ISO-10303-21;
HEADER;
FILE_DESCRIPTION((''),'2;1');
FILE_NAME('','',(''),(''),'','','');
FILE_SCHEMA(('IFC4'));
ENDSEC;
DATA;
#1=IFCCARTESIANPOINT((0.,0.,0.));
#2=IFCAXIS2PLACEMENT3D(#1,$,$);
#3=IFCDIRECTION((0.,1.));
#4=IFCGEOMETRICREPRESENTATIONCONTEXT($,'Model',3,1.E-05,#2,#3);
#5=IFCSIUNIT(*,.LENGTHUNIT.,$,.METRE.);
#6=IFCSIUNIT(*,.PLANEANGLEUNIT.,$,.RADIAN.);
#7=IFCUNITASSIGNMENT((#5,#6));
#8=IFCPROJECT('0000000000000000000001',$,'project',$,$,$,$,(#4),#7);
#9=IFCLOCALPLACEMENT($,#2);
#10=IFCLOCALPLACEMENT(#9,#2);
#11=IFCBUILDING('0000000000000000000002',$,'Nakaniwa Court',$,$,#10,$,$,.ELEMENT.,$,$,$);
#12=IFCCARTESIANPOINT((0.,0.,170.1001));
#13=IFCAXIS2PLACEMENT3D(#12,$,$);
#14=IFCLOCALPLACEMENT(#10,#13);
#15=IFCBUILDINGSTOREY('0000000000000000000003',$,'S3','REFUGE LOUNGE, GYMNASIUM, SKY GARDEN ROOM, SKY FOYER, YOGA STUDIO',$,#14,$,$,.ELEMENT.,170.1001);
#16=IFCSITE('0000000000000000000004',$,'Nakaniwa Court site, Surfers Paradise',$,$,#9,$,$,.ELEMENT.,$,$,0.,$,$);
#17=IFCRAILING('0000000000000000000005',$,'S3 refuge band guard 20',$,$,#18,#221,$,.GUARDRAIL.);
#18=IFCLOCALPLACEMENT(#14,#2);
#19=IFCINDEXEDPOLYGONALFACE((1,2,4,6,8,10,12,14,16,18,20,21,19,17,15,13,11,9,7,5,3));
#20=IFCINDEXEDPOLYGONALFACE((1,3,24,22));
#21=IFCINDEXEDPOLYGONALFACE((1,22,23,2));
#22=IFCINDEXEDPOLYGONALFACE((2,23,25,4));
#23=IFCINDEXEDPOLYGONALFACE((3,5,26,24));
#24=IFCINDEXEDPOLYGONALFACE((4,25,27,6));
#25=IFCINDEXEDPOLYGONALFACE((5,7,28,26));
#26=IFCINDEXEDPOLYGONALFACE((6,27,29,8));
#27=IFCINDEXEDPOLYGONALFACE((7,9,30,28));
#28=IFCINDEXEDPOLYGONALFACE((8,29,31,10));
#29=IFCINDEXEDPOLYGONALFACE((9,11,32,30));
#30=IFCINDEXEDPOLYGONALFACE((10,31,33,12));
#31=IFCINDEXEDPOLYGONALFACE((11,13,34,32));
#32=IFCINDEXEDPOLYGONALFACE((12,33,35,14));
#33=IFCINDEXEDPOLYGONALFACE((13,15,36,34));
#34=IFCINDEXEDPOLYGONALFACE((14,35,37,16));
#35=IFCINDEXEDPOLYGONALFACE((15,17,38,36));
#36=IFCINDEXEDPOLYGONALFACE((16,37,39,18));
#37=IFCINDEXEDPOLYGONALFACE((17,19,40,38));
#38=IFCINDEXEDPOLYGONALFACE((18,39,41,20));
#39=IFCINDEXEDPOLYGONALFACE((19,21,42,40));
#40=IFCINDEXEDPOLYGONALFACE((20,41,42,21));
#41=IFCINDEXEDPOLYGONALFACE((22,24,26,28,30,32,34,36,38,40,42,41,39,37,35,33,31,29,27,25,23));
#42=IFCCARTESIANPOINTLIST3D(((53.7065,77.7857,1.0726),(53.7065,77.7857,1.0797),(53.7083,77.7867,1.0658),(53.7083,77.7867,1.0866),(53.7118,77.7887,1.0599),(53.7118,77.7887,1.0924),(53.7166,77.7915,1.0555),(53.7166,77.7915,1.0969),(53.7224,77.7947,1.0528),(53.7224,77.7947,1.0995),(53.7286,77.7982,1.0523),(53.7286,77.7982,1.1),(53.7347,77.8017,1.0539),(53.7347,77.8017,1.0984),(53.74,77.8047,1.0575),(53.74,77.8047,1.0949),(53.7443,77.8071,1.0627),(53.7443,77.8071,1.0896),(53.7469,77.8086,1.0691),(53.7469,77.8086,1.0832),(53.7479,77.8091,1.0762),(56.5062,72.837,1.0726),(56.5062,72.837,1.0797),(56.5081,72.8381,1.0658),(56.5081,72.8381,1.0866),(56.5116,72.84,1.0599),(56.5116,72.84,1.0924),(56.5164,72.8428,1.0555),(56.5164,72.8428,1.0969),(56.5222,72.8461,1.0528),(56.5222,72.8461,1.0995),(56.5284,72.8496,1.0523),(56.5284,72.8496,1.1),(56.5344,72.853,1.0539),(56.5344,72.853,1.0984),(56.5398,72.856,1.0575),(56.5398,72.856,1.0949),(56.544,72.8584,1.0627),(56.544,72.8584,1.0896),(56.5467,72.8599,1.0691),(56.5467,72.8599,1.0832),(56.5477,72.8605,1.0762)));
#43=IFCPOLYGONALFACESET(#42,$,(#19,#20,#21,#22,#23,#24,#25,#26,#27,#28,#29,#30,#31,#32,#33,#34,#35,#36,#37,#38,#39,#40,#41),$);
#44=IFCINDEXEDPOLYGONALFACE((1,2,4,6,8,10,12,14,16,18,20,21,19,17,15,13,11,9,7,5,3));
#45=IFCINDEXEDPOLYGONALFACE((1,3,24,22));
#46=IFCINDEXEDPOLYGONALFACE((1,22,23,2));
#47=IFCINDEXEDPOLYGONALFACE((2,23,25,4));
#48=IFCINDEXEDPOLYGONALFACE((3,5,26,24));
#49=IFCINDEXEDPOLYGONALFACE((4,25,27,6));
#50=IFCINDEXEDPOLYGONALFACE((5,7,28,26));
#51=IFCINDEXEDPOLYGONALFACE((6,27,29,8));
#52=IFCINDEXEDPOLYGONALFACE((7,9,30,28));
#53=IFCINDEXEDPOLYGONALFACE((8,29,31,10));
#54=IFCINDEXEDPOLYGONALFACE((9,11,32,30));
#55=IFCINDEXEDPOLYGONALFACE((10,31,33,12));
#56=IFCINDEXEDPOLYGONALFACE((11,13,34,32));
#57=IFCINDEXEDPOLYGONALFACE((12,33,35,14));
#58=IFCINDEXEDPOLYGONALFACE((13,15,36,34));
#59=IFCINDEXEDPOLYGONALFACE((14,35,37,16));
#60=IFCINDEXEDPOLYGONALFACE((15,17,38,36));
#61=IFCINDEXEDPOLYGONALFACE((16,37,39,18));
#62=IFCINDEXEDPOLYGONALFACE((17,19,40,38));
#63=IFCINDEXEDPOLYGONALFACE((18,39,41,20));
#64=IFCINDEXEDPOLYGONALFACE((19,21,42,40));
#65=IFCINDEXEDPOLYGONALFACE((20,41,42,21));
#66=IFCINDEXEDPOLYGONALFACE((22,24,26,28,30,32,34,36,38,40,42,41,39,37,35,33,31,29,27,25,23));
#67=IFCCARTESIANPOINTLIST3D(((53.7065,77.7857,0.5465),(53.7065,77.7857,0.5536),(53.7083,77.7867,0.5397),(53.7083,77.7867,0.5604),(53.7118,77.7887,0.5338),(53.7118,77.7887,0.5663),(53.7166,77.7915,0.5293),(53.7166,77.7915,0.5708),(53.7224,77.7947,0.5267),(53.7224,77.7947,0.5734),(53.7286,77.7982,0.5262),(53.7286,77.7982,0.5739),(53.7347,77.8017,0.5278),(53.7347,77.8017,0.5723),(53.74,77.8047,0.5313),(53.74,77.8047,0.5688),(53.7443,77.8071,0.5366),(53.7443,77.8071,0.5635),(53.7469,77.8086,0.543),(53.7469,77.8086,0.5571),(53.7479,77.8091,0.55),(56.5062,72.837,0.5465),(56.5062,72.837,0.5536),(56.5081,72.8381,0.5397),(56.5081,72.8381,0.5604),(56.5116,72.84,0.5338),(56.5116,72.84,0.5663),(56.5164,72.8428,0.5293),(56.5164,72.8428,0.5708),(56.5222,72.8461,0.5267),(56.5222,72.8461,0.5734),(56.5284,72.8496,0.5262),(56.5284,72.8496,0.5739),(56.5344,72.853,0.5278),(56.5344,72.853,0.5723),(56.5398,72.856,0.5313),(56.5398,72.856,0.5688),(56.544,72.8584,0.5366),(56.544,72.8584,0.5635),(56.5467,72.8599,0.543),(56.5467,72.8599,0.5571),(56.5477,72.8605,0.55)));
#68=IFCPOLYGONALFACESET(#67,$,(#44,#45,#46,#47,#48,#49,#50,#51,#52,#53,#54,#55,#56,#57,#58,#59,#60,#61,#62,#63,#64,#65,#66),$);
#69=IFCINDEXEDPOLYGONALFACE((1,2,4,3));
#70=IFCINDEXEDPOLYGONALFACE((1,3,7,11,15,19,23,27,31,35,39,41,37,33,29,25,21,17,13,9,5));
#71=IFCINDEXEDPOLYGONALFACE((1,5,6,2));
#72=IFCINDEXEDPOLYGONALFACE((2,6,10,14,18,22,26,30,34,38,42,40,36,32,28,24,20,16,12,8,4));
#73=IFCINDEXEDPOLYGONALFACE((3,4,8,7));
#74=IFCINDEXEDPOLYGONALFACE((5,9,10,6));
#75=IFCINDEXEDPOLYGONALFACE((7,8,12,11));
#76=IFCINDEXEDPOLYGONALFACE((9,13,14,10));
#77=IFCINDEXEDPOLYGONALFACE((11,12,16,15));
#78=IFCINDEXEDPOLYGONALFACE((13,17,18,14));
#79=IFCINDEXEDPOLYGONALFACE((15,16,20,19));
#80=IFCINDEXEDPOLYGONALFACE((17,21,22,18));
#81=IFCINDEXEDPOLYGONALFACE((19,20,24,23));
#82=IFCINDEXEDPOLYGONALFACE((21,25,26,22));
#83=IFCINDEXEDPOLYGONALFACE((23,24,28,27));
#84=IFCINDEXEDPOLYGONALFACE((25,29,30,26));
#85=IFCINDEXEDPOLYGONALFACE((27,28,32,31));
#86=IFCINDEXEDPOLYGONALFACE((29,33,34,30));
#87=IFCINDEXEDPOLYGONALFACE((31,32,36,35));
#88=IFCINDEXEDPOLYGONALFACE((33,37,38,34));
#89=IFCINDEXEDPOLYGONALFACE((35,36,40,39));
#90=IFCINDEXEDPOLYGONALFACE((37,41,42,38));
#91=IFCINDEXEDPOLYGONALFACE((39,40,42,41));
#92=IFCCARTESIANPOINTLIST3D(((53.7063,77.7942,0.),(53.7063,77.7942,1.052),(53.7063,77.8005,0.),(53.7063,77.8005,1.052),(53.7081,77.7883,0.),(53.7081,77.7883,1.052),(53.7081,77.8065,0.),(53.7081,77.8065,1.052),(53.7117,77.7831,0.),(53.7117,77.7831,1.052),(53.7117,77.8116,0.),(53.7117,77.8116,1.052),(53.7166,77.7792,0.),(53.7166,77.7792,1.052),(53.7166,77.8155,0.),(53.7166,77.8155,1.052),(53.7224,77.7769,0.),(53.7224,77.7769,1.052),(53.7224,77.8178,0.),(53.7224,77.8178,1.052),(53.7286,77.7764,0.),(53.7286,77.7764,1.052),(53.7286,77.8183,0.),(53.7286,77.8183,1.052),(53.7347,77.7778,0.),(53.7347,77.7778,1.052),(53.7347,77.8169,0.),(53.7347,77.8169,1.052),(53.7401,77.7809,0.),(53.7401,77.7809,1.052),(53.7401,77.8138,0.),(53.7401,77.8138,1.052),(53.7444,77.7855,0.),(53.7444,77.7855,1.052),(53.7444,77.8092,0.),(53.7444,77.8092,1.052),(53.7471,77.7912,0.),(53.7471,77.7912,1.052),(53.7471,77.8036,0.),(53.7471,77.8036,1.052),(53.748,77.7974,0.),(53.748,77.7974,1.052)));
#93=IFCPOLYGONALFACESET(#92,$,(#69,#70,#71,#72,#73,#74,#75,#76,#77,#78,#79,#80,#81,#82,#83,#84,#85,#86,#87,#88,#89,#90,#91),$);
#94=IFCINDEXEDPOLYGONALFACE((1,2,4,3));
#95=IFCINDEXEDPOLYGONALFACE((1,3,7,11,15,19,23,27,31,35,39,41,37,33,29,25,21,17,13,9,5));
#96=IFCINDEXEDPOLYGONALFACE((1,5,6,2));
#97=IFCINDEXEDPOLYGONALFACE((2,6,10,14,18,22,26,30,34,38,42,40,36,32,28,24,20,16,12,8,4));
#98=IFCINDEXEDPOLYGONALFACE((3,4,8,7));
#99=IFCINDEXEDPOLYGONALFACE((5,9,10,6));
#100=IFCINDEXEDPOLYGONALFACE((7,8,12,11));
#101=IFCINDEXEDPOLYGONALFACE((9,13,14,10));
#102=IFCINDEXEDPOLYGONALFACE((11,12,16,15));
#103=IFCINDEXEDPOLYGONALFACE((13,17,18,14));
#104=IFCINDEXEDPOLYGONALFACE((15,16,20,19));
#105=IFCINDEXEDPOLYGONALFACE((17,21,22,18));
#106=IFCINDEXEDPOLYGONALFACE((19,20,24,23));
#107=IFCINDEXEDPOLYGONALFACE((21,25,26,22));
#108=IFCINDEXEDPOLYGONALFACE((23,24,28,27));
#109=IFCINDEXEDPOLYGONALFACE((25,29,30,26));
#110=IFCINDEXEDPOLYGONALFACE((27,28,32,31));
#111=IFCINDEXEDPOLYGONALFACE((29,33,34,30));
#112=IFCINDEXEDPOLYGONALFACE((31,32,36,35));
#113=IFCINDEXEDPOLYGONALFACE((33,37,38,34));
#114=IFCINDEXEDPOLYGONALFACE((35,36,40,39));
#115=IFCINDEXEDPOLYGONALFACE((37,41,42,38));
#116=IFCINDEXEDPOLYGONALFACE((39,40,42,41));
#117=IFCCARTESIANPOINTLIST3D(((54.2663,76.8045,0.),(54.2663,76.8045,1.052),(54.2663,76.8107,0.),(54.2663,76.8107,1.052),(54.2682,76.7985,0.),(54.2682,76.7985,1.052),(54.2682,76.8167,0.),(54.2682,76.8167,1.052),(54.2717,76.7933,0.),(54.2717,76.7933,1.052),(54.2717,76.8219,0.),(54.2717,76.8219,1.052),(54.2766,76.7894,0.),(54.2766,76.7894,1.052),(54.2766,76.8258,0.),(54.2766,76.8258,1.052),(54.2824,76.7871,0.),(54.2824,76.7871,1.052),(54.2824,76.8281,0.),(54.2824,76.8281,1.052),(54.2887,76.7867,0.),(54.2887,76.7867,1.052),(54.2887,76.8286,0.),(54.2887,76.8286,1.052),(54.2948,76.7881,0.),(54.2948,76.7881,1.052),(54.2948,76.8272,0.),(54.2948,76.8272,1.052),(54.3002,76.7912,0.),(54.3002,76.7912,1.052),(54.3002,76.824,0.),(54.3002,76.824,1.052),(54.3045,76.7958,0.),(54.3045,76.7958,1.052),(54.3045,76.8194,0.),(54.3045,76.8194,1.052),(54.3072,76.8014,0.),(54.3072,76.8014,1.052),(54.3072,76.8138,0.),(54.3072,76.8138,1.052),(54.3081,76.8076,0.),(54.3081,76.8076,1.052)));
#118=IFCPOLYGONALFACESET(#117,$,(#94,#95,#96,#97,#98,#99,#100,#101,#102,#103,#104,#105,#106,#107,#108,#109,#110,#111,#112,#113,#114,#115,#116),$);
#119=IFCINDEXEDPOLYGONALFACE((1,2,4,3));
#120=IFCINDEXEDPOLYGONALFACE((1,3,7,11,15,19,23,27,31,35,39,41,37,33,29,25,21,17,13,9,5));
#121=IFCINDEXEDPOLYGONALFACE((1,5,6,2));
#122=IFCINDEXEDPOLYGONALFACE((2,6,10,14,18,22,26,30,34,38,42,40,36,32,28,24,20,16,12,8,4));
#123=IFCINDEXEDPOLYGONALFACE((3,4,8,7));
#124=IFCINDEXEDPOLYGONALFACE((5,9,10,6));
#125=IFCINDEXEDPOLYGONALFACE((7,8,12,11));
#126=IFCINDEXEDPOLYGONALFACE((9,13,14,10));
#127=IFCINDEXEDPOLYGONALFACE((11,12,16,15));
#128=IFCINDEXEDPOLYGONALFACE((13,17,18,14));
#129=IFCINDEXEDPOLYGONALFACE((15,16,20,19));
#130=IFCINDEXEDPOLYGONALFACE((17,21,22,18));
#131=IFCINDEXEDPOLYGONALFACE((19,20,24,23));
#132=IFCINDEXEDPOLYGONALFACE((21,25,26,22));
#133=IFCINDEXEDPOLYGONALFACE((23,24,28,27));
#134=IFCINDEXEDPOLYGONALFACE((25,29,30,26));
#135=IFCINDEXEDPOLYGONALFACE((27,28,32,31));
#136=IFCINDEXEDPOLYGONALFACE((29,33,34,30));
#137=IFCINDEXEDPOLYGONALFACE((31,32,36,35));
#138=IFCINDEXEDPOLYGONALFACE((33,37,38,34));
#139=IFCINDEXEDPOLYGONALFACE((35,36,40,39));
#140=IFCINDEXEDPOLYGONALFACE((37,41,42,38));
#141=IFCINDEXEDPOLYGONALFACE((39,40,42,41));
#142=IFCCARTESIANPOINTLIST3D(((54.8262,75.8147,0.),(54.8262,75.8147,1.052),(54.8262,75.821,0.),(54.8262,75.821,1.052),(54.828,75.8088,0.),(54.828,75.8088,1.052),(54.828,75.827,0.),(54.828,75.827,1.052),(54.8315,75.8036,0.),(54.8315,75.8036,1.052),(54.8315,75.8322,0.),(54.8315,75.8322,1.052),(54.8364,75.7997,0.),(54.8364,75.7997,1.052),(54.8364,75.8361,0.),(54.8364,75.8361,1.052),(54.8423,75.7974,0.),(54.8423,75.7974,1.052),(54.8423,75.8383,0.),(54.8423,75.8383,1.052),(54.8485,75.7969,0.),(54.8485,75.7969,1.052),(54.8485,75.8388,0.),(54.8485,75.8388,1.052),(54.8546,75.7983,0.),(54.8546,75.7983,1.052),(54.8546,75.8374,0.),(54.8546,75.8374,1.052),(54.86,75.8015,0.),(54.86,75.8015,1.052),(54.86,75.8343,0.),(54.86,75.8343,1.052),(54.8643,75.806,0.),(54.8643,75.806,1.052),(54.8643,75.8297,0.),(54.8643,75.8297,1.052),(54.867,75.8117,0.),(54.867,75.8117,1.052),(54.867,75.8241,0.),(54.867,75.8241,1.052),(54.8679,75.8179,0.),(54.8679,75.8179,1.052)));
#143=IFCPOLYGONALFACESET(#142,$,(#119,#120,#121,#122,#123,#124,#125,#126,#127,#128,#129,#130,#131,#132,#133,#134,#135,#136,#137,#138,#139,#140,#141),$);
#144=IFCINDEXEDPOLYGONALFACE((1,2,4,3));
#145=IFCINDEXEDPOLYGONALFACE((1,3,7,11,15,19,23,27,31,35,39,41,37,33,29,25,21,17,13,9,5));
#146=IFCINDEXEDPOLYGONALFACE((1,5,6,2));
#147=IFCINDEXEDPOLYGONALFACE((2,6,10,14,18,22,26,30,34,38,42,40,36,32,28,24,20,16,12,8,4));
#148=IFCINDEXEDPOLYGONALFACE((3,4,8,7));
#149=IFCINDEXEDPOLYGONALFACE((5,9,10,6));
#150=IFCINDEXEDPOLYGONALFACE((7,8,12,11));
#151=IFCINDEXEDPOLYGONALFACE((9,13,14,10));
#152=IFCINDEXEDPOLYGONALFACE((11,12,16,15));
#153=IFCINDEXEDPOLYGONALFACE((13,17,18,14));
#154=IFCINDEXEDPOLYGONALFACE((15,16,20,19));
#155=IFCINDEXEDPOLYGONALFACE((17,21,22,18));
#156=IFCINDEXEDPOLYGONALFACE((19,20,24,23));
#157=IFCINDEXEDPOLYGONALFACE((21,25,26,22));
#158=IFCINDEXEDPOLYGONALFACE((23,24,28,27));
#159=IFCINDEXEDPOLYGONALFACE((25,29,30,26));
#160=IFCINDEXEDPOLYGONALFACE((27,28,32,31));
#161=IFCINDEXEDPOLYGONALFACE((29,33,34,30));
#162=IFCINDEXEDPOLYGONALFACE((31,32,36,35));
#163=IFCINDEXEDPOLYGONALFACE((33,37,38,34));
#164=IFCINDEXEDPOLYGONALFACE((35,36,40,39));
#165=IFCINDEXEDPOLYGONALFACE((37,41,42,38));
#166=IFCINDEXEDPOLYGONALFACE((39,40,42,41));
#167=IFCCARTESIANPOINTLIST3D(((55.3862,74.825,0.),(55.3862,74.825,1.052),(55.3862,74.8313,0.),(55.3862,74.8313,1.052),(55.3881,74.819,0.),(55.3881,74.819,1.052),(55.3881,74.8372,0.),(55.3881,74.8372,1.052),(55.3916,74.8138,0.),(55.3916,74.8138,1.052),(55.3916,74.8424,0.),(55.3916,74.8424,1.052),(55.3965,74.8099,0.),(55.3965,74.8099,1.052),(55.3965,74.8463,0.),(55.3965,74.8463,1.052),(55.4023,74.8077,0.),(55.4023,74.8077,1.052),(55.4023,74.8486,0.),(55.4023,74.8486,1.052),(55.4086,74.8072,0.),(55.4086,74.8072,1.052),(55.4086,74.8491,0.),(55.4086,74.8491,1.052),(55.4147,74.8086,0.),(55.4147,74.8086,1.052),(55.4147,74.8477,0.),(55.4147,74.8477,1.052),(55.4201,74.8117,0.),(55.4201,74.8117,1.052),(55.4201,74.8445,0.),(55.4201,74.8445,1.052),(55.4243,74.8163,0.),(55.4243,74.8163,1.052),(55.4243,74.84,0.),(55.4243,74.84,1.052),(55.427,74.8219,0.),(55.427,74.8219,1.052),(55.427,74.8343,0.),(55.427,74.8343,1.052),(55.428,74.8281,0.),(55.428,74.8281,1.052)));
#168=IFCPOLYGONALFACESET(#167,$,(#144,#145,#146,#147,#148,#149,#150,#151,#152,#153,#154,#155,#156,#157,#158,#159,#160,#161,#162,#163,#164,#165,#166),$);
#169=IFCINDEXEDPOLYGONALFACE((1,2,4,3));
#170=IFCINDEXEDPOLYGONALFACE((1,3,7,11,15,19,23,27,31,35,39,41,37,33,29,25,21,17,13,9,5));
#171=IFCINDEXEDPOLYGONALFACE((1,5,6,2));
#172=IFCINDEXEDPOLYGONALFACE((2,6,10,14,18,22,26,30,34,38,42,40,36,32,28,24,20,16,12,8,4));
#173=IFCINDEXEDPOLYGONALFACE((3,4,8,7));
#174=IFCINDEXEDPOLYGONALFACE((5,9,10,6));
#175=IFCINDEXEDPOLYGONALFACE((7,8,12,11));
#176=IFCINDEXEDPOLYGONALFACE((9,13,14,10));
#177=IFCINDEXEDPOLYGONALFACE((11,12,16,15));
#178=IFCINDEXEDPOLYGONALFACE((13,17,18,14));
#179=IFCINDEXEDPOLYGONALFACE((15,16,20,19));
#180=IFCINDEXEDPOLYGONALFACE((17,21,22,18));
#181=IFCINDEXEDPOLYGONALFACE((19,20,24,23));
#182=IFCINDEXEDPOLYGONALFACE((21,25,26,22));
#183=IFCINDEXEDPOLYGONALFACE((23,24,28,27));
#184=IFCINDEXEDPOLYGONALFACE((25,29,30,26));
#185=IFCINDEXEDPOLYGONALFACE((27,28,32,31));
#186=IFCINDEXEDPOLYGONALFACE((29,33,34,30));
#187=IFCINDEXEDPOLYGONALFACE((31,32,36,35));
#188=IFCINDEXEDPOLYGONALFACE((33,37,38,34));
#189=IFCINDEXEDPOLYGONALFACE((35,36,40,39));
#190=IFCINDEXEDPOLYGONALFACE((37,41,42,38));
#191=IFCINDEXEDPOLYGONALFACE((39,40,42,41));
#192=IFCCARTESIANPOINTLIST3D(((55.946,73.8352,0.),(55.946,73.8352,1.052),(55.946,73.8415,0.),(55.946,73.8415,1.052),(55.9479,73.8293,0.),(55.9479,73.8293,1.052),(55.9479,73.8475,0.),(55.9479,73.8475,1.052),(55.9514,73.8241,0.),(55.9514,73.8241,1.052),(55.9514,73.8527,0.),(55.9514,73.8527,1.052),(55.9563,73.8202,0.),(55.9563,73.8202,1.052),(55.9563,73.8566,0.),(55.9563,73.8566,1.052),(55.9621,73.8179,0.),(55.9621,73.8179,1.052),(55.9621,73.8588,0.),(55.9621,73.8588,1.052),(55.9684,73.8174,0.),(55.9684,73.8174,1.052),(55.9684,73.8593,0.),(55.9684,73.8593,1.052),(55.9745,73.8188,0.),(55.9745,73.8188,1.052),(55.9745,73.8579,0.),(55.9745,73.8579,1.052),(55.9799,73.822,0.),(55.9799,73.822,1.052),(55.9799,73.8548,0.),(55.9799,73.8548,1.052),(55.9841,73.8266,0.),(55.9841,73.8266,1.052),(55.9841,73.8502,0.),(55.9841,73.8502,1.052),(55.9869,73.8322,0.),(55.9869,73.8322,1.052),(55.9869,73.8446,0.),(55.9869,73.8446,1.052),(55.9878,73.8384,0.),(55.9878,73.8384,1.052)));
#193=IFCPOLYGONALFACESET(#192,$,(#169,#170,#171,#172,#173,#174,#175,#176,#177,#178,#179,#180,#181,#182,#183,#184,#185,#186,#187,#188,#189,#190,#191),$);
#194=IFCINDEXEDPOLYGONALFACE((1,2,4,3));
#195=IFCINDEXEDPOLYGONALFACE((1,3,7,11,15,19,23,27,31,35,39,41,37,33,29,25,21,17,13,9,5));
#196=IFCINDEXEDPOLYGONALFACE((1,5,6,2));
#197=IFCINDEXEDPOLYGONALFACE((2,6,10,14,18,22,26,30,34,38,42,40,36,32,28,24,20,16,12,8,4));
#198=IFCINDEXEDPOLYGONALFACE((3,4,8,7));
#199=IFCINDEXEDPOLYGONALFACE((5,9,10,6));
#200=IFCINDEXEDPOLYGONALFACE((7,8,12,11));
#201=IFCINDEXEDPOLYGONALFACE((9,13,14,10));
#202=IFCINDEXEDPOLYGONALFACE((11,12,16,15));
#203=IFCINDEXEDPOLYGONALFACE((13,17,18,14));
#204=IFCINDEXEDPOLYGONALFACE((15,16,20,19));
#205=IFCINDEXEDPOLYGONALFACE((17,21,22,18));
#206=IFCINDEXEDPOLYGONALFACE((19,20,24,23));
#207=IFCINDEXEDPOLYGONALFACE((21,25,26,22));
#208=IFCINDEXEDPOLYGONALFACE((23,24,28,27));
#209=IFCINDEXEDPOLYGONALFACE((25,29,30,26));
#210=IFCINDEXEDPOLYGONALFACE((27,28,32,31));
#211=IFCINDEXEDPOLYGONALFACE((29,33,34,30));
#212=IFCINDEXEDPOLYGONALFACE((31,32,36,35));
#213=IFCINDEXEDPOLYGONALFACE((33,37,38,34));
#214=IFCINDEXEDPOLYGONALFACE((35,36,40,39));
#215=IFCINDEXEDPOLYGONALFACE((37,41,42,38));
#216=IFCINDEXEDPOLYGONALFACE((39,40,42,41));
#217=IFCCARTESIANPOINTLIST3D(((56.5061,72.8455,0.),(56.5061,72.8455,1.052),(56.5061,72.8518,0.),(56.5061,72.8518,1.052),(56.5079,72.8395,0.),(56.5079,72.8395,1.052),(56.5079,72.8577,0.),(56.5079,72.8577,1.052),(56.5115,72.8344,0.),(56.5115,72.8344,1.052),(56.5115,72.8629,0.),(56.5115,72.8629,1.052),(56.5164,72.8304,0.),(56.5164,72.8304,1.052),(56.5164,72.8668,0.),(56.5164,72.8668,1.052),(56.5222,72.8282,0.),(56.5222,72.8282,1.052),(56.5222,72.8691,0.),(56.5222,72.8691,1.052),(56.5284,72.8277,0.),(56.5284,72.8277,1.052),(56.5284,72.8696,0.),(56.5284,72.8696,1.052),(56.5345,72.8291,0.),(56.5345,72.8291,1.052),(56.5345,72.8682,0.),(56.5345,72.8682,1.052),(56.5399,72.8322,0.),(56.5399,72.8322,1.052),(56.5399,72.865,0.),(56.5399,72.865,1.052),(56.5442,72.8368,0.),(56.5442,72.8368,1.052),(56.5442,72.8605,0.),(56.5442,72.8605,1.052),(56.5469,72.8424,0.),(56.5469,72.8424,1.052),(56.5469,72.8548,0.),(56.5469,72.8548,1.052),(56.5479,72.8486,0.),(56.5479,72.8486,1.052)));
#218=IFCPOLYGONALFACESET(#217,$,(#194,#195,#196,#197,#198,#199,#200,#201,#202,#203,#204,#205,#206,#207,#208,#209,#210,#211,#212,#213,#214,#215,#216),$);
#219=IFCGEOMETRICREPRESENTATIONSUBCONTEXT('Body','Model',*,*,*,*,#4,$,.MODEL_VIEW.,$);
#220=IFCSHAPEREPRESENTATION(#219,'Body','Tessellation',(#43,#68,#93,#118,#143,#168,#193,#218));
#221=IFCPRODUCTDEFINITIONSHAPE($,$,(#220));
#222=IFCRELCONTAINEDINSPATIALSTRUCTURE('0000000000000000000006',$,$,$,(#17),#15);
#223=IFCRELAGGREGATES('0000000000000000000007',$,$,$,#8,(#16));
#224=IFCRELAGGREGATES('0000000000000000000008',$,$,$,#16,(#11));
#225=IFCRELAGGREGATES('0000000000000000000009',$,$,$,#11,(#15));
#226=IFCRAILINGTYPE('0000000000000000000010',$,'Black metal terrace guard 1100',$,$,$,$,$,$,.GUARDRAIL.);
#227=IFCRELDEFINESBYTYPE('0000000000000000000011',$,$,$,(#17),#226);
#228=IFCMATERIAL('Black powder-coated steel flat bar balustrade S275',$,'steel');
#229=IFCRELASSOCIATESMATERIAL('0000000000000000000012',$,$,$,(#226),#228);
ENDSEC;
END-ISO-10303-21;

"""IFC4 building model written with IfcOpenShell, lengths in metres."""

from ifc_helpers import new_model, si_unit, direction, frame, origin, origin_2d, place, context, subcontext, project, spatial, circle, extrude, material, type_object, element, save


model = new_model("IFC4")

# Units and contexts
model_context = context("Model", 3, precision=1e-05, world=origin(), true_north=direction((0.0, 1.0)))
body_context = subcontext(model_context, "Body", "Model", "MODEL_VIEW")
ifc_project = project(units=[si_unit("LENGTHUNIT", "METRE"), si_unit("PLANEANGLEUNIT", "RADIAN")], contexts=[model_context])

# Site, building, storey
site_placement = place(None, origin())
site = spatial("IfcSite", under=ifc_project, at=site_placement, Name="Nakaniwa Court site, Surfers Paradise", CompositionType="ELEMENT", RefElevation=0.0)
building_placement = place(site_placement, origin())
building = spatial("IfcBuilding", under=site, at=building_placement, Name="Nakaniwa Court", CompositionType="ELEMENT")
storey_placement = place(building_placement, frame((0.0, 0.0, 170.1001)))
storey = spatial("IfcBuildingStorey", under=building, at=storey_placement, Name="S3", Description="REFUGE LOUNGE, GYMNASIUM, SKY GARDEN ROOM, SKY FOYER, YOGA STUDIO", CompositionType="ELEMENT", Elevation=170.1001)

# Railing
ifc_material_1 = material(Name="Black powder-coated steel flat bar balustrade S275", Category="steel")
railing_type = type_object("IfcRailingType", Name="Black metal terrace guard 1100", PredefinedType="GUARDRAIL", material=ifc_material_1)
railing_placement = place(storey_placement, frame((53.7271, 77.7974, 0.0)))
element("IfcRailing", 1, at=railing_placement, inside=storey, type_object=railing_type, Name="S3 refuge band guard 20", PredefinedType="GUARDRAIL", context=body_context, shape_type="SweptSolid", body=[
    extrude(circle(Radius=0.0239, at=origin_2d()), frame((0.0, 0.0, 1.0762), z_axis=(0.492417, -0.87036, 0.0), x_axis=(0.87036, 0.492417, 0.0)), (0.0, 0.0, 1.0), 5.6858),
    extrude(circle(Radius=0.0239, at=origin_2d()), frame((0.0, 0.0, 0.55), z_axis=(0.492417, -0.87036, 0.0), x_axis=(0.87036, 0.492417, 0.0)), (0.0, 0.0, 1.0), 5.6858),
    extrude(circle(Radius=0.021, at=origin_2d()), origin(), (0.0, 0.0, 1.0), 1.052),
    extrude(circle(Radius=0.021, at=origin_2d()), frame((0.5601, -0.9897, 0.0)), (0.0, 0.0, 1.0), 1.052),
    extrude(circle(Radius=0.021, at=origin_2d()), frame((1.1199, -1.9795, 0.0)), (0.0, 0.0, 1.0), 1.052),
    extrude(circle(Radius=0.021, at=origin_2d()), frame((1.6799, -2.9692, 0.0)), (0.0, 0.0, 1.0), 1.052),
    extrude(circle(Radius=0.021, at=origin_2d()), frame((2.2397, -3.959, 0.0)), (0.0, 0.0, 1.0), 1.052),
    extrude(circle(Radius=0.021, at=origin_2d()), frame((2.7998, -4.9487, 0.0)), (0.0, 0.0, 1.0), 1.052),
])

save(model, "model.ifc")
